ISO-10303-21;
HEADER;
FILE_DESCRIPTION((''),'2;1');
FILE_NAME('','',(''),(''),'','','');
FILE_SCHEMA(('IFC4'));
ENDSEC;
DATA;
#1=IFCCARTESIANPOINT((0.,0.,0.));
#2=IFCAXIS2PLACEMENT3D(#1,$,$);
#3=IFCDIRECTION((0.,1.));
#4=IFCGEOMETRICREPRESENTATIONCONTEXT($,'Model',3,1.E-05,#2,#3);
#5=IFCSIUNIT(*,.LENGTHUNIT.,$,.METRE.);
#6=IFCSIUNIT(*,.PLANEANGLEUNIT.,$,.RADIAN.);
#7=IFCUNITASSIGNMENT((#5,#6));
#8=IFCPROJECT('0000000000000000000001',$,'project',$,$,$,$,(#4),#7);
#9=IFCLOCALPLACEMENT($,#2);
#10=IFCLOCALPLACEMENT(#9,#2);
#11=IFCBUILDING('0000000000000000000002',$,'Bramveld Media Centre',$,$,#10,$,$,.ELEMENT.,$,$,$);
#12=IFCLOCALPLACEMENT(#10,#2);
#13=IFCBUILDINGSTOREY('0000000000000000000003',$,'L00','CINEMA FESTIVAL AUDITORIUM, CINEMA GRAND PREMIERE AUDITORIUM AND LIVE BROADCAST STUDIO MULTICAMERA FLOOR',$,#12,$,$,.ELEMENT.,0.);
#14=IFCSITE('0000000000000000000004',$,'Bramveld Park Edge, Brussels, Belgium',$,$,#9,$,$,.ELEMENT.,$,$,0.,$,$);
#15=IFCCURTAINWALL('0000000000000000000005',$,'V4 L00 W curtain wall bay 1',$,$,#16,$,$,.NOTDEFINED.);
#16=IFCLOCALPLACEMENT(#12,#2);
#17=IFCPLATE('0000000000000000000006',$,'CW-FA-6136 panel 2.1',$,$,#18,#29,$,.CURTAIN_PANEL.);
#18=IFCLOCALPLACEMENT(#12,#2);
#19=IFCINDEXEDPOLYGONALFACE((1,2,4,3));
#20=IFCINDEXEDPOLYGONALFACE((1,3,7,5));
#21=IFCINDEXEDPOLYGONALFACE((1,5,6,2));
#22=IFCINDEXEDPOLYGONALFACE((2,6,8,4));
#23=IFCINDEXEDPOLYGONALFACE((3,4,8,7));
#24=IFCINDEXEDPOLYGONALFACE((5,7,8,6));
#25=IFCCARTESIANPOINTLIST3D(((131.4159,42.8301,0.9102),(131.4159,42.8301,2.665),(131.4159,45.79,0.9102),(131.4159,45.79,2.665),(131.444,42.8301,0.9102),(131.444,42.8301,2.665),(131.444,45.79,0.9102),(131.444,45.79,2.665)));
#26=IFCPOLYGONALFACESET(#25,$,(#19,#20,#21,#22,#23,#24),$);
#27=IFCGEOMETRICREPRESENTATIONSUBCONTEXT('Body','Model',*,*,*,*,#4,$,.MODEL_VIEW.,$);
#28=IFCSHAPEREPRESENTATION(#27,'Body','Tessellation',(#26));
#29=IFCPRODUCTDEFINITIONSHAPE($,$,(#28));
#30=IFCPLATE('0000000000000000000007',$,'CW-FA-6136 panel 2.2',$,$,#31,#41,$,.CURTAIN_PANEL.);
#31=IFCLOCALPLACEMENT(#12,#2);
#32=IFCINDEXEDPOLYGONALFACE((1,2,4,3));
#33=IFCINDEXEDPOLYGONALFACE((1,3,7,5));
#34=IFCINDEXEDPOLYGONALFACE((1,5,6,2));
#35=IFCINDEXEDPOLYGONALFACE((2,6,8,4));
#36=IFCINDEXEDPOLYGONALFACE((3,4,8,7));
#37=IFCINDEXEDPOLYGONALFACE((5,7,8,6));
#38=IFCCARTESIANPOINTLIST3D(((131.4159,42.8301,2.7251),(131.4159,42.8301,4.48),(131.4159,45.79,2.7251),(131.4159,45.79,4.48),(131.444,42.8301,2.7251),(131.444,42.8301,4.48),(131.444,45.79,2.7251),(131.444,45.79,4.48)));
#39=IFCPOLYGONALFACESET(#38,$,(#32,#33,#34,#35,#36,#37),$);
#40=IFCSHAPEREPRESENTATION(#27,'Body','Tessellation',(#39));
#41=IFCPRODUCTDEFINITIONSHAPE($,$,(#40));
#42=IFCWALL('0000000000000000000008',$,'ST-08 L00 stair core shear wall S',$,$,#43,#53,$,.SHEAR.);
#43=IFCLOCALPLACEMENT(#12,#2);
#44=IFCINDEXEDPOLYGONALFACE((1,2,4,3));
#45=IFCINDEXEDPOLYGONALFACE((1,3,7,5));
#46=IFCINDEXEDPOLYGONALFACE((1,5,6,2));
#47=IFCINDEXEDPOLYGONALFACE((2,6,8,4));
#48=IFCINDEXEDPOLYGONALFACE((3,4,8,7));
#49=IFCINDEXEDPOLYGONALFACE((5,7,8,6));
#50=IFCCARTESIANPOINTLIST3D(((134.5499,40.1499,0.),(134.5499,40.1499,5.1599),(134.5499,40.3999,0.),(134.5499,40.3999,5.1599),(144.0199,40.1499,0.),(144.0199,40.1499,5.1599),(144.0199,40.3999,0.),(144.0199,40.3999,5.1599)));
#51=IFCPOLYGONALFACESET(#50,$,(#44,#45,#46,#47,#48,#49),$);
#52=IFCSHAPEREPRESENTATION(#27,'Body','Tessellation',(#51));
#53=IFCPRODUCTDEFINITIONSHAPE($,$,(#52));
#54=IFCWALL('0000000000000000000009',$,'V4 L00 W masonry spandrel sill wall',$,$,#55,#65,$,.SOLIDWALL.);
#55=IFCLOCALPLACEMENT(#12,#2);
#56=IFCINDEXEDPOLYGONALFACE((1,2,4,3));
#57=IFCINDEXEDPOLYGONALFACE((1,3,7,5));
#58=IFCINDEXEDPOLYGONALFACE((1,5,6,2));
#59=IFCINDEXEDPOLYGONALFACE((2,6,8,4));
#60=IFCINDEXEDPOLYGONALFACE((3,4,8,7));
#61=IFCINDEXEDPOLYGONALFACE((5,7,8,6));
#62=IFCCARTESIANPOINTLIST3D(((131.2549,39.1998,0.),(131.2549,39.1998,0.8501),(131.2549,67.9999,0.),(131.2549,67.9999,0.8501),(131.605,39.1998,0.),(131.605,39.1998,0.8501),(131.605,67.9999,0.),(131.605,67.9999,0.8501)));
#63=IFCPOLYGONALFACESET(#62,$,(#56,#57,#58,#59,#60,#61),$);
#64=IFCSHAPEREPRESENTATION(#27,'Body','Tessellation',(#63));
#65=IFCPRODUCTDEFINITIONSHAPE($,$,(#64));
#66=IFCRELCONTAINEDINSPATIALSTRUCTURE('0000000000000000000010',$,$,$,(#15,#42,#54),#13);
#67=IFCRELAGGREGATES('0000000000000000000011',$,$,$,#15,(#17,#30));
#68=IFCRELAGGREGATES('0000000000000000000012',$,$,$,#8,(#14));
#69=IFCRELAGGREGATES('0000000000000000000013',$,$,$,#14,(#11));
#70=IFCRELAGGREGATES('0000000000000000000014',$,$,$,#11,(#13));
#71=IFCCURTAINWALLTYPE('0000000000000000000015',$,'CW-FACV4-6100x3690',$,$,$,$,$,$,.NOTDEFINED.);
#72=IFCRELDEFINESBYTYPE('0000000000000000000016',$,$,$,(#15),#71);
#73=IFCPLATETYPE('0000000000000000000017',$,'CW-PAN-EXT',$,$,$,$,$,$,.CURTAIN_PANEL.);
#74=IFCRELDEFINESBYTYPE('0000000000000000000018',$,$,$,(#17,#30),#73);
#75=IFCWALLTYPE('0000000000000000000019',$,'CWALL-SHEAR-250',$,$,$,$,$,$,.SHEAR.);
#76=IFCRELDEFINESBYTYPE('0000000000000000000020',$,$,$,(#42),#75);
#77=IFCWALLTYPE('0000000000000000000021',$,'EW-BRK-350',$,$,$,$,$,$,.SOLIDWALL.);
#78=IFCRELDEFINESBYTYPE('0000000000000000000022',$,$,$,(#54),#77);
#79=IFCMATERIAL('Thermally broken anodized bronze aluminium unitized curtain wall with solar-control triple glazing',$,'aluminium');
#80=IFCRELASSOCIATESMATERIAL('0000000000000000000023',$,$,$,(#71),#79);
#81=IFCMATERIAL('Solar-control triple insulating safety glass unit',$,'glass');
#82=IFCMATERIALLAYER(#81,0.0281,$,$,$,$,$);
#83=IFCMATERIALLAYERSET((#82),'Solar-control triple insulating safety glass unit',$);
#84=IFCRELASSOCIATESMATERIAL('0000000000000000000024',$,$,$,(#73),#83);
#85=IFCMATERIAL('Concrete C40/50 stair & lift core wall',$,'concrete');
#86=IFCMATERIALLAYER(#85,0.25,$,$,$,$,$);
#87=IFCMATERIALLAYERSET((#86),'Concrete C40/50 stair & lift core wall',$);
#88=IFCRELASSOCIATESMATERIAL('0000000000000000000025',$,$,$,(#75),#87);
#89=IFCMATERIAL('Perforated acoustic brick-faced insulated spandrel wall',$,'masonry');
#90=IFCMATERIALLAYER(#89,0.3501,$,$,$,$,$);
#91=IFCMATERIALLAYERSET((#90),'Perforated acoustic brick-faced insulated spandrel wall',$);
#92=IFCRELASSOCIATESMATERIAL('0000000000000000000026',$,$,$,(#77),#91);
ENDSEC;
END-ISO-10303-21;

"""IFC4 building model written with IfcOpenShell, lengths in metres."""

from ifc_helpers import new_model, si_unit, direction, frame, frame_2d, origin, origin_2d, place, context, subcontext, project, spatial, rectangle, extrude, material, layer, layer_set, type_object, element, aggregate, save


model = new_model("IFC4")

# Units and contexts
model_context = context("Model", 3, precision=1e-05, world=origin(), true_north=direction((0.0, 1.0)))
body_context = subcontext(model_context, "Body", "Model", "MODEL_VIEW")
ifc_project = project(units=[si_unit("LENGTHUNIT", "METRE"), si_unit("PLANEANGLEUNIT", "RADIAN")], contexts=[model_context])

# Site, building, storey
site_placement = place(None, origin())
site = spatial("IfcSite", under=ifc_project, at=site_placement, Name="Bramveld Park Edge, Brussels, Belgium", CompositionType="ELEMENT", RefElevation=0.0)
building_placement = place(site_placement, origin())
building = spatial("IfcBuilding", under=site, at=building_placement, Name="Bramveld Media Centre", CompositionType="ELEMENT")
storey_placement = place(building_placement, origin())
storey = spatial("IfcBuildingStorey", under=building, at=storey_placement, Name="L00", Description="CINEMA FESTIVAL AUDITORIUM, CINEMA GRAND PREMIERE AUDITORIUM AND LIVE BROADCAST STUDIO MULTICAMERA FLOOR", CompositionType="ELEMENT", Elevation=0.0)

# Curtain wall
ifc_material_1 = material(Name="Thermally broken anodized bronze aluminium unitized curtain wall with solar-control triple glazing", Category="aluminium")
curtain_wall_type = type_object("IfcCurtainWallType", Name="CW-FACV4-6100x3690", PredefinedType="NOTDEFINED", material=ifc_material_1)
curtain_wall_placement = place(storey_placement, origin())
curtain_wall = element("IfcCurtainWall", 1, at=curtain_wall_placement, inside=storey, type_object=curtain_wall_type, Name="V4 L00 W curtain wall bay 1", PredefinedType="NOTDEFINED")

# Plates
ifc_material_2 = material(Name="Solar-control triple insulating safety glass unit", Category="glass")
ifc_layer_1 = layer(ifc_material_2, 0.0281)
ifc_layer_set_1 = layer_set([ifc_layer_1], Name="Solar-control triple insulating safety glass unit")
plate_type = type_object("IfcPlateType", Name="CW-PAN-EXT", PredefinedType="CURTAIN_PANEL", material=ifc_layer_set_1)
plate_1_placement = place(storey_placement, frame((131.4299, 44.3101, 0.9102), z_axis=(0.0, 0.0, 1.0), x_axis=(0.0, 1.0, 0.0)))
plate_1 = element("IfcPlate", 2, at=plate_1_placement, type_object=plate_type, Name="CW-FA-6136 panel 2.1", PredefinedType="CURTAIN_PANEL", context=body_context, shape_type="SweptSolid", body=[
    extrude(rectangle(XDim=2.96, YDim=0.0281, at=origin_2d()), origin(), (0.0, 0.0, 1.0), 1.7549),
])
plate_2_placement = place(storey_placement, frame((131.4299, 44.3101, 2.7251), z_axis=(0.0, 0.0, 1.0), x_axis=(0.0, 1.0, 0.0)))
plate_2 = element("IfcPlate", 3, at=plate_2_placement, type_object=plate_type, Name="CW-FA-6136 panel 2.2", PredefinedType="CURTAIN_PANEL", context=body_context, shape_type="SweptSolid", body=[
    extrude(rectangle(XDim=2.96, YDim=0.0281, at=origin_2d()), origin(), (0.0, 0.0, 1.0), 1.7549),
])
aggregate(curtain_wall, [plate_1, plate_2])

# Walls
ifc_material_3 = material(Name="Concrete C40/50 stair & lift core wall", Category="concrete")
ifc_layer_2 = layer(ifc_material_3, 0.25)
ifc_layer_set_2 = layer_set([ifc_layer_2], Name="Concrete C40/50 stair & lift core wall")
wall_type_1 = type_object("IfcWallType", Name="CWALL-SHEAR-250", PredefinedType="SHEAR", material=ifc_layer_set_2)
wall_1_placement = place(storey_placement, frame((134.55, 40.2749, 0.0), z_axis=(0.0, 0.0, 1.0), x_axis=(1.0, 0.0, 0.0)))
element("IfcWall", 4, at=wall_1_placement, inside=storey, type_object=wall_type_1, Name="ST-08 L00 stair core shear wall S", PredefinedType="SHEAR", context=body_context, shape_type="SweptSolid", body=[
    extrude(rectangle(XDim=9.47, YDim=0.25, at=frame_2d((4.7349, 0.0))), origin(), (0.0, 0.0, 1.0), 5.1599),
])
ifc_material_4 = material(Name="Perforated acoustic brick-faced insulated spandrel wall", Category="masonry")
ifc_layer_3 = layer(ifc_material_4, 0.3501)
ifc_layer_set_3 = layer_set([ifc_layer_3], Name="Perforated acoustic brick-faced insulated spandrel wall")
wall_type_2 = type_object("IfcWallType", Name="EW-BRK-350", PredefinedType="SOLIDWALL", material=ifc_layer_set_3)
wall_2_placement = place(storey_placement, frame((131.4299, 39.2, 0.0), z_axis=(0.0, 0.0, 1.0), x_axis=(0.0, 1.0, 0.0)))
element("IfcWall", 5, at=wall_2_placement, inside=storey, type_object=wall_type_2, Name="V4 L00 W masonry spandrel sill wall", PredefinedType="SOLIDWALL", context=body_context, shape_type="SweptSolid", body=[
    extrude(rectangle(XDim=28.8, YDim=0.3501, at=frame_2d((14.3999, 0.0))), origin(), (0.0, 0.0, 1.0), 0.8501),
])

save(model, "model.ifc")
